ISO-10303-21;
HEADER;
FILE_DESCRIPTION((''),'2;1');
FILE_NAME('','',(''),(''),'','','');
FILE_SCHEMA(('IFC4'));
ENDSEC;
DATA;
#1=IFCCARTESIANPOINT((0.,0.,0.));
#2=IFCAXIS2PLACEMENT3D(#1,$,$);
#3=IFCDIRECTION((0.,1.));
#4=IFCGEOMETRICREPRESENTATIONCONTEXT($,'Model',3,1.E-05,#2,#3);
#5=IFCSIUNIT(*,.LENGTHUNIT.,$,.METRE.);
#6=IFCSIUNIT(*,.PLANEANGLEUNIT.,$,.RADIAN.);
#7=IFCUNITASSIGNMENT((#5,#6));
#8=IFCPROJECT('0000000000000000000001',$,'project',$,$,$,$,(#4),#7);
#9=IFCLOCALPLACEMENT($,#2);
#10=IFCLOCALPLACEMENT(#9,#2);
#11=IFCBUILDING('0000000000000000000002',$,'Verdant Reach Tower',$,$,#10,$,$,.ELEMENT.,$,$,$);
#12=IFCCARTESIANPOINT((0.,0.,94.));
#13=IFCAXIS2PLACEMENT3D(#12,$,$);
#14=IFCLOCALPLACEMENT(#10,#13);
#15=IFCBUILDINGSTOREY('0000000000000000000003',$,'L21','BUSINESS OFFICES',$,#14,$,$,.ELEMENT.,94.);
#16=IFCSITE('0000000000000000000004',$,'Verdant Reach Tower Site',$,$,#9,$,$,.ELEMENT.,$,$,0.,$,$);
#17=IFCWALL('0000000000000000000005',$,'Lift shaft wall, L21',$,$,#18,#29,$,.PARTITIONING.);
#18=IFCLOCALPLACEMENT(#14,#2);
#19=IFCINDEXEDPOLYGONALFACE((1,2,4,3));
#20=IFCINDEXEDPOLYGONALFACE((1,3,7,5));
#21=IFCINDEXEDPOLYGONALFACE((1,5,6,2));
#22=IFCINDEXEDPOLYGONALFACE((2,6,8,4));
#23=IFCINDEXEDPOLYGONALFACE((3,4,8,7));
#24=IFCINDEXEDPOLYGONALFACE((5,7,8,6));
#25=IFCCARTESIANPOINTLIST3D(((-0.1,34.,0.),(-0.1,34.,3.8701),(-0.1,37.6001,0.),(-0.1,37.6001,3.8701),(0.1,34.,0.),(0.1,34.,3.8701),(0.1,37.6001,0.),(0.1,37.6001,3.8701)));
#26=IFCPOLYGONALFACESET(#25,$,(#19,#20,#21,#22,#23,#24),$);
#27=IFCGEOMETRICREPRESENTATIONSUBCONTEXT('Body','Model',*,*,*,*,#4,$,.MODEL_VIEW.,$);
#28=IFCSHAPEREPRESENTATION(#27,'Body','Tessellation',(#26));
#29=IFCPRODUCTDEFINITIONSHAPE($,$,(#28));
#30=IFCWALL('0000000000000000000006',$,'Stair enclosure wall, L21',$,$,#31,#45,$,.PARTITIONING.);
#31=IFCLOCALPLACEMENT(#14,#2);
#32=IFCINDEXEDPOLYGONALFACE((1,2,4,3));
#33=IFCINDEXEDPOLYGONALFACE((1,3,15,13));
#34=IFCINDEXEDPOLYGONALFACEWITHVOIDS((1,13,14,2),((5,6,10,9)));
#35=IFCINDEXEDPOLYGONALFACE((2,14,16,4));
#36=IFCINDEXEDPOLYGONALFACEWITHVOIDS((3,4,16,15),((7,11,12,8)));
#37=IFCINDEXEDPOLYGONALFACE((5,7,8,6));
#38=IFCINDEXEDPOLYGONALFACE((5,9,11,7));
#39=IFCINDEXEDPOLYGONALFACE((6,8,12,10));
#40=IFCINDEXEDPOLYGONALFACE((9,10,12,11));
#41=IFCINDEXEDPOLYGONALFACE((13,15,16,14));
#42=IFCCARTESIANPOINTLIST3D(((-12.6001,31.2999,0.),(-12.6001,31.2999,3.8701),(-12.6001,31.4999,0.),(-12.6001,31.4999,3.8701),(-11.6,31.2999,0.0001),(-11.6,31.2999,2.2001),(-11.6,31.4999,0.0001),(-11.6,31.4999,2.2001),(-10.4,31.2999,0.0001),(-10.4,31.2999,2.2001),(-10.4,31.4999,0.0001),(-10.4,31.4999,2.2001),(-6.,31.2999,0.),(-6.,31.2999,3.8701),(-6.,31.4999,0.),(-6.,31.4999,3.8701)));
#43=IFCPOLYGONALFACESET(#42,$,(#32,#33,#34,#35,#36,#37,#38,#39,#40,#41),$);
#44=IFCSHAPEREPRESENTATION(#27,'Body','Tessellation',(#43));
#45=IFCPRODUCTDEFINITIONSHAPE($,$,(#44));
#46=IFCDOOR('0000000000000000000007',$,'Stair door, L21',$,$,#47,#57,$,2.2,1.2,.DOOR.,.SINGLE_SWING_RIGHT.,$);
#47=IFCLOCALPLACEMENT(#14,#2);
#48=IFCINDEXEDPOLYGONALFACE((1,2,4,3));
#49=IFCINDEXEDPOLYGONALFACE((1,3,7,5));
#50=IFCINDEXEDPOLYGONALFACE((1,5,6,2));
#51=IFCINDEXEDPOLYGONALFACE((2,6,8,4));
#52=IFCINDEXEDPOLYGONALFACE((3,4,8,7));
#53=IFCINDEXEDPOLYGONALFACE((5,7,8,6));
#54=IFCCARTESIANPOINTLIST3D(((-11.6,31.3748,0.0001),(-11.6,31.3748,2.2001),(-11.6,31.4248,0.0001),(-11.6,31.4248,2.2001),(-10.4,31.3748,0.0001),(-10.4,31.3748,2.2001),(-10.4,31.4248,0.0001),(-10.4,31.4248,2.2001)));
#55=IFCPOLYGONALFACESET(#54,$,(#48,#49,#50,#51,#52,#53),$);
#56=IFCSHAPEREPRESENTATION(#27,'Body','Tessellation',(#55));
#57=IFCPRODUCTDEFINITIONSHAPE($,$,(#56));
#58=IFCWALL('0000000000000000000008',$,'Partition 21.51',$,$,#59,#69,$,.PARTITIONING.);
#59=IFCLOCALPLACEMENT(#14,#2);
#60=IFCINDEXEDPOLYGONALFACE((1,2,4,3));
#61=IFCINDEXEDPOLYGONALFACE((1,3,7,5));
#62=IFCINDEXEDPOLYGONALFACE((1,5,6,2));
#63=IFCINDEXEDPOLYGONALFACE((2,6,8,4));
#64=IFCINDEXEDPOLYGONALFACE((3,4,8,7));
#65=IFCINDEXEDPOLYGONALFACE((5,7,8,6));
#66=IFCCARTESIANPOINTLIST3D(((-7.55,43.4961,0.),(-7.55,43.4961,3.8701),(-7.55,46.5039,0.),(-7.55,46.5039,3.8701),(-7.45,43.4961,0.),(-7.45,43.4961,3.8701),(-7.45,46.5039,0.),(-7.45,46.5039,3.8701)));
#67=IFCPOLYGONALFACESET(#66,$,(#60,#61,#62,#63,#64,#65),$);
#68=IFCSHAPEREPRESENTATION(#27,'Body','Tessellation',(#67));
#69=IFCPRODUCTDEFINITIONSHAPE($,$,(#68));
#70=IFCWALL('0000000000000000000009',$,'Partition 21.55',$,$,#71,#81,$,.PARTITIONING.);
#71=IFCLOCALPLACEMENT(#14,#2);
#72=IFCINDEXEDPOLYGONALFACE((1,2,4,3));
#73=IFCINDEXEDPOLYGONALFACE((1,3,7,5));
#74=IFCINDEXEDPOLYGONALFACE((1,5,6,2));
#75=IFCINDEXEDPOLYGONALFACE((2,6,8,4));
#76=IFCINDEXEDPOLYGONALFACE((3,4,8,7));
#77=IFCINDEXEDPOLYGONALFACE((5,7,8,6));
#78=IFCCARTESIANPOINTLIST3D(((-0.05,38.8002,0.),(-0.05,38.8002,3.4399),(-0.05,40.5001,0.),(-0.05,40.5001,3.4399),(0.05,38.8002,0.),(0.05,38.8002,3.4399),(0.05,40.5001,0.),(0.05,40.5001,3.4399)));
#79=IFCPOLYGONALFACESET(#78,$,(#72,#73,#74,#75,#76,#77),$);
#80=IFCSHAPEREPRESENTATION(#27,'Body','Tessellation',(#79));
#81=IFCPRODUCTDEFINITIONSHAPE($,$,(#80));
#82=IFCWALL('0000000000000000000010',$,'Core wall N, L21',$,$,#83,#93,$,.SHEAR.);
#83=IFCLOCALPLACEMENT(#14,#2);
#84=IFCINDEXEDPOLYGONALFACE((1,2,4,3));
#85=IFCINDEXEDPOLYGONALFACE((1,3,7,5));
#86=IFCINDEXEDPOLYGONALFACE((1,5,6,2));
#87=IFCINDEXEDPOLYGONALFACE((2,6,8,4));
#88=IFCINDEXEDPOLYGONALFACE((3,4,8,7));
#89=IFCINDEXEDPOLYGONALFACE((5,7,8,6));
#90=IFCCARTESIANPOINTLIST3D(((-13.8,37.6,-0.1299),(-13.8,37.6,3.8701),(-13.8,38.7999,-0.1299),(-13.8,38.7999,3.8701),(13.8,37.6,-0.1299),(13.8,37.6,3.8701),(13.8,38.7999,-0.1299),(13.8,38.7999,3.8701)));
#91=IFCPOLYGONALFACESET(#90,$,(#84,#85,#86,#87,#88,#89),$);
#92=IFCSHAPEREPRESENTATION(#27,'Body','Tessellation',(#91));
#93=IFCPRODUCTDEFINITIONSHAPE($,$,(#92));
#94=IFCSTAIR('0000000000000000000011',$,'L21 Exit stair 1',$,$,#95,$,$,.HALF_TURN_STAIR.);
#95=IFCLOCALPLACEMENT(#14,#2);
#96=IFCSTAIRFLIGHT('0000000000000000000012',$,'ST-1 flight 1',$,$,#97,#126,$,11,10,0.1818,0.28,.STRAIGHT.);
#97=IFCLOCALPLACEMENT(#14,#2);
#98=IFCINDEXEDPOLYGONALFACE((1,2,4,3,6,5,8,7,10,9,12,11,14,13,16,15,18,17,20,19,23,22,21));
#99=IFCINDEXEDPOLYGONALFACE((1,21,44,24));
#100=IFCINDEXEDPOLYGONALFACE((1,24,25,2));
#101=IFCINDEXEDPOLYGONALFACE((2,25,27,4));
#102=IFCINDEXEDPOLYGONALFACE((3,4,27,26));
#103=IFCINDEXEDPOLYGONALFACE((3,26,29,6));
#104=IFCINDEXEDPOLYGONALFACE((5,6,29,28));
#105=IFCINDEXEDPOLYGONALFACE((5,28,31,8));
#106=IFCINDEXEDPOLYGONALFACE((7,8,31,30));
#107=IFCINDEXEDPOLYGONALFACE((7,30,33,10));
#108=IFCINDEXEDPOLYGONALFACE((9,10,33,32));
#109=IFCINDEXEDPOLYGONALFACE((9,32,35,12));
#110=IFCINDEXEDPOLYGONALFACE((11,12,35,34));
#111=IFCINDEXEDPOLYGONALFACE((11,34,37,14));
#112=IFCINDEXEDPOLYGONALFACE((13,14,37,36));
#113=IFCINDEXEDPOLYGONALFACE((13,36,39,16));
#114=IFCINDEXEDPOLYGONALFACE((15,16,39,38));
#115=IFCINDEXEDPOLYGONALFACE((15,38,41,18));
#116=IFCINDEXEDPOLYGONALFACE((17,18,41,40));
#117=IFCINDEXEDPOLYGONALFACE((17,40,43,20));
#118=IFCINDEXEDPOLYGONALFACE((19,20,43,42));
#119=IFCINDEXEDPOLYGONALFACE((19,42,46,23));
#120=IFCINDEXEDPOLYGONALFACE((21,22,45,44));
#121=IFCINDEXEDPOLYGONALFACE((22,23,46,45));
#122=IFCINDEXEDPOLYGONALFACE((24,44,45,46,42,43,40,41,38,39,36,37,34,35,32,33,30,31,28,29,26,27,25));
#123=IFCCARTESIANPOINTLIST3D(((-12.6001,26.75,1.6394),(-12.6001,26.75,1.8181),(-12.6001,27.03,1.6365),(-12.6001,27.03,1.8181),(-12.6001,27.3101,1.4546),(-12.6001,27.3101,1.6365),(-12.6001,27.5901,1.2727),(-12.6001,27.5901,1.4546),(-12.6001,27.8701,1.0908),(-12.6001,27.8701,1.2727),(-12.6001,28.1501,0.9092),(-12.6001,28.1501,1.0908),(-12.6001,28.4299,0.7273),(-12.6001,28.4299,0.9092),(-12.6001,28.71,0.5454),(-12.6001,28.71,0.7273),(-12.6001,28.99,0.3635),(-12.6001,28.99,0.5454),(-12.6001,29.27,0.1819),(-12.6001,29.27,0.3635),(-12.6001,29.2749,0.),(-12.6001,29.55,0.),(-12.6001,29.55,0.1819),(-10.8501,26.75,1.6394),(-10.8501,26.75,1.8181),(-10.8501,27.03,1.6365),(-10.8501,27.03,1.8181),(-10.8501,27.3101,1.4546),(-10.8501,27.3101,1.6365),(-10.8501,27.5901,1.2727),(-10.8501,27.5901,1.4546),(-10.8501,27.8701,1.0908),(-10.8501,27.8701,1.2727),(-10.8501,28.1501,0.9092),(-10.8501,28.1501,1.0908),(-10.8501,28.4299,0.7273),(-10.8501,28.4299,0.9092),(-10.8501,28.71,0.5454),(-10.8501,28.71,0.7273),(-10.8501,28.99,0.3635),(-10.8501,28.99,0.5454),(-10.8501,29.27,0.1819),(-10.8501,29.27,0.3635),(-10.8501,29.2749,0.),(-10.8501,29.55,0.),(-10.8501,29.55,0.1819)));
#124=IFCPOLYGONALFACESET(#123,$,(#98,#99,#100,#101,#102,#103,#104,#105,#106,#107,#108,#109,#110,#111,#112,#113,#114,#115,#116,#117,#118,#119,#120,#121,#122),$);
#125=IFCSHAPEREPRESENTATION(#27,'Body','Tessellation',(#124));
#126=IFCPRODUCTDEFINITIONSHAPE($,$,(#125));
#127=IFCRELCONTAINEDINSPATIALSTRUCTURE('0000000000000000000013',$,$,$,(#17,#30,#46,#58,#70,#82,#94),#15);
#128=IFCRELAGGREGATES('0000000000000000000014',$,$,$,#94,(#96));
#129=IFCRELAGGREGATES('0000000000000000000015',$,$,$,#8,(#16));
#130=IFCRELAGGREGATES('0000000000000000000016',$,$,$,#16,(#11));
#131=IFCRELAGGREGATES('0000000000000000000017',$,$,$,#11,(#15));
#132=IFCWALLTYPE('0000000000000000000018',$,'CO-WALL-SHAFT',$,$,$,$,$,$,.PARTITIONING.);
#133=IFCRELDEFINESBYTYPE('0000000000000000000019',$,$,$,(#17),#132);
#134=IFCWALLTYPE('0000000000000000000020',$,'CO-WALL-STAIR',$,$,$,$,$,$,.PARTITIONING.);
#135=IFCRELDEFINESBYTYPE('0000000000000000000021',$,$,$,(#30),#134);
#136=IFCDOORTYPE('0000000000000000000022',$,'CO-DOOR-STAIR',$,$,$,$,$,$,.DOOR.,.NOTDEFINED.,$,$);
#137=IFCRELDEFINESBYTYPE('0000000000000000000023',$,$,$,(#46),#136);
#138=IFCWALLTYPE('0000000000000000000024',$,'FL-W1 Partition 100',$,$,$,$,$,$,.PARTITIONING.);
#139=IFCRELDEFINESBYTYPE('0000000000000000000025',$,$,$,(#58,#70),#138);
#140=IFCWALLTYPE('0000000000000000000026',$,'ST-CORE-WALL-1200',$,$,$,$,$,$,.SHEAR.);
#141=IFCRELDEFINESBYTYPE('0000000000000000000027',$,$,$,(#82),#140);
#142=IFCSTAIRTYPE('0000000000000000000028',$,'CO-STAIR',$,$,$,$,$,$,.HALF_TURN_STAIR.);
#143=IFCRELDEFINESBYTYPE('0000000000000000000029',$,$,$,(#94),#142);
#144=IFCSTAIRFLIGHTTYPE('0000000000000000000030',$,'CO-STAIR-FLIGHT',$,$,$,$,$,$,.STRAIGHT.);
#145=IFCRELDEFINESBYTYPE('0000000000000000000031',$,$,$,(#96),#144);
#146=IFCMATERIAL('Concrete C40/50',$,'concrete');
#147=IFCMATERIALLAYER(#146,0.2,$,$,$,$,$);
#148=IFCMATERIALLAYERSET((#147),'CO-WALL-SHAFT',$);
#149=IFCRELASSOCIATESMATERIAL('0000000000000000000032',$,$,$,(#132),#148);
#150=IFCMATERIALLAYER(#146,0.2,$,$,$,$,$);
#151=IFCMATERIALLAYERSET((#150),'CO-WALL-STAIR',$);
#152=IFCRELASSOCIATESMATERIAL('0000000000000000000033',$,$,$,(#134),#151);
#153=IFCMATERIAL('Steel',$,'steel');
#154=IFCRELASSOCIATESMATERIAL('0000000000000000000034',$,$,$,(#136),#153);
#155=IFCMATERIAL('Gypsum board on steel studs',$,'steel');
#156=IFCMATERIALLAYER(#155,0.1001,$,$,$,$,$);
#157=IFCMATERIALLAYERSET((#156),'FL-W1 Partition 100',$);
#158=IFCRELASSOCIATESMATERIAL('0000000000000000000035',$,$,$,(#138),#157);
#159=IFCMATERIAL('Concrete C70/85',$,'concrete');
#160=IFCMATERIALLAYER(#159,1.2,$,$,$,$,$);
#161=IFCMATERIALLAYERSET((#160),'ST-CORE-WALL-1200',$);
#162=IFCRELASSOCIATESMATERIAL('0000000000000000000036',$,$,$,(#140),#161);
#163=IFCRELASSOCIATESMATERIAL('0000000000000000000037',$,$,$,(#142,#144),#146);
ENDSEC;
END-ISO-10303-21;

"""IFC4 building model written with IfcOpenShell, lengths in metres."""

from ifc_helpers import new_model, si_unit, direction, frame, frame_2d, origin, place, context, subcontext, project, spatial, polyline, rectangle, outline, extrude, material, layer, layer_set, type_object, element, fill, aggregate, save


model = new_model("IFC4")

# Units and contexts
model_context = context("Model", 3, precision=1e-05, world=origin(), true_north=direction((0.0, 1.0)))
body_context = subcontext(model_context, "Body", "Model", "MODEL_VIEW")
ifc_project = project(units=[si_unit("LENGTHUNIT", "METRE"), si_unit("PLANEANGLEUNIT", "RADIAN")], contexts=[model_context])

# Site, building, storey
site_placement = place(None, origin())
site = spatial("IfcSite", under=ifc_project, at=site_placement, Name="Verdant Reach Tower Site", CompositionType="ELEMENT", RefElevation=0.0)
building_placement = place(site_placement, origin())
building = spatial("IfcBuilding", under=site, at=building_placement, Name="Verdant Reach Tower", CompositionType="ELEMENT")
storey_placement = place(building_placement, frame((0.0, 0.0, 94.0)))
storey = spatial("IfcBuildingStorey", under=building, at=storey_placement, Name="L21", Description="BUSINESS OFFICES", CompositionType="ELEMENT", Elevation=94.0)

# Shared definitions
ifc_material_1 = material(Name="Concrete C40/50", Category="concrete")
ifc_layer_1 = layer(ifc_material_1, 0.2)
ifc_layer_set_1 = layer_set([ifc_layer_1], Name="CO-WALL-SHAFT")
wall_type_1 = type_object("IfcWallType", Name="CO-WALL-SHAFT", PredefinedType="PARTITIONING", material=ifc_layer_set_1)

# Shared definitions
ifc_material_2 = material(Name="Steel", Category="steel")

# Wall
for number, where, z_axis, x_axis, name in (
    (1, (0.0, 34.0, 0.0), (0.0, 0.0, 1.0), (0.0, 1.0, 0.0), "Lift shaft wall, L21"),
):
    element("IfcWall", number, at=place(storey_placement, frame(where, z_axis=z_axis, x_axis=x_axis)), inside=storey, type_object=wall_type_1, Name=name, PredefinedType="PARTITIONING", context=body_context, shape_type="SweptSolid", body=[
        extrude(rectangle(XDim=3.6001, YDim=0.2, at=frame_2d((1.8, 0.0))), origin(), (0.0, 0.0, 1.0), 3.8701),
    ])

# Wall, opening, door
ifc_layer_2 = layer(ifc_material_1, 0.2)
ifc_layer_set_2 = layer_set([ifc_layer_2], Name="CO-WALL-STAIR")
wall_type_2 = type_object("IfcWallType", Name="CO-WALL-STAIR", PredefinedType="PARTITIONING", material=ifc_layer_set_2)
wall_1_placement = place(storey_placement, frame((-12.6001, 31.3999, 0.0), z_axis=(0.0, 0.0, 1.0), x_axis=(1.0, 0.0, 0.0)))
wall_1 = element("IfcWall", 2, at=wall_1_placement, inside=storey, type_object=wall_type_2, Name="Stair enclosure wall, L21", PredefinedType="PARTITIONING", context=body_context, shape_type="SweptSolid", body=[
    extrude(rectangle(XDim=6.6001, YDim=0.2, at=frame_2d((3.3, 0.0))), origin(), (0.0, 0.0, 1.0), 3.8701),
])
opening_1_placement = place(wall_1_placement, frame((1.0, 0.0, 0.0)))
opening_1 = element("IfcOpeningElement", 3, at=opening_1_placement, cuts=wall_1, PredefinedType="OPENING", context=body_context, shape_type="SweptSolid", body=[
    extrude(rectangle(XDim=1.2, YDim=2.2, at=frame_2d((0.6001, 1.1001))), frame((0.0, 0.1099, 0.0), z_axis=(0.0, -1.0, 0.0), x_axis=(1.0, 0.0, 0.0)), (0.0, 0.0, 1.0), 0.22),
])
door_type_1 = type_object("IfcDoorType", Name="CO-DOOR-STAIR", OperationType="NOTDEFINED", PredefinedType="DOOR", material=ifc_material_2)
door_1_placement = place(opening_1_placement, origin())
door_1 = element("IfcDoor", 4, at=door_1_placement, inside=storey, type_object=door_type_1, Name="Stair door, L21", OperationType="SINGLE_SWING_RIGHT", OverallHeight=2.2, OverallWidth=1.2, PredefinedType="DOOR", context=body_context, shape_type="SweptSolid", body=[
    extrude(rectangle(XDim=1.2, YDim=2.2, at=frame_2d((0.6001, 1.1001))), frame((0.0, 0.0249, 0.0), z_axis=(0.0, -1.0, 0.0), x_axis=(1.0, 0.0, 0.0)), (0.0, 0.0, 1.0), 0.05),
])
fill(opening_1, door_1)

# Walls
ifc_material_3 = material(Name="Gypsum board on steel studs", Category="steel")
ifc_layer_3 = layer(ifc_material_3, 0.1001)
ifc_layer_set_3 = layer_set([ifc_layer_3], Name="FL-W1 Partition 100")
wall_type_3 = type_object("IfcWallType", Name="FL-W1 Partition 100", PredefinedType="PARTITIONING", material=ifc_layer_set_3)
wall_2_placement = place(storey_placement, frame((-7.5, 43.4961, 0.0), z_axis=(0.0, 0.0, 1.0), x_axis=(0.0, 1.0, 0.0)))
element("IfcWall", 5, at=wall_2_placement, inside=storey, type_object=wall_type_3, Name="Partition 21.51", PredefinedType="PARTITIONING", context=body_context, shape_type="SweptSolid", body=[
    extrude(rectangle(XDim=3.0078, YDim=0.1001, at=frame_2d((1.5039, 0.0))), origin(), (0.0, 0.0, 1.0), 3.8701),
])
wall_3_placement = place(storey_placement, frame((0.0, 38.8, 0.0), z_axis=(0.0, 0.0, 1.0), x_axis=(0.0, 1.0, 0.0)))
element("IfcWall", 6, at=wall_3_placement, inside=storey, type_object=wall_type_3, Name="Partition 21.55", PredefinedType="PARTITIONING", context=body_context, shape_type="SweptSolid", body=[
    extrude(rectangle(XDim=1.7, YDim=0.1001, at=frame_2d((0.8501, 0.0))), origin(), (0.0, 0.0, 1.0), 3.4399),
])
ifc_material_4 = material(Name="Concrete C70/85", Category="concrete")
ifc_layer_4 = layer(ifc_material_4, 1.2)
ifc_layer_set_4 = layer_set([ifc_layer_4], Name="ST-CORE-WALL-1200")
wall_type_4 = type_object("IfcWallType", Name="ST-CORE-WALL-1200", PredefinedType="SHEAR", material=ifc_layer_set_4)
wall_4_placement = place(storey_placement, frame((-13.8, 38.2, -0.1299), z_axis=(0.0, 0.0, 1.0), x_axis=(1.0, 0.0, 0.0)))
element("IfcWall", 7, at=wall_4_placement, inside=storey, type_object=wall_type_4, Name="Core wall N, L21", PredefinedType="SHEAR", context=body_context, shape_type="SweptSolid", body=[
    extrude(rectangle(XDim=27.6001, YDim=1.2, at=frame_2d((13.8, 0.0))), origin(), (0.0, 0.0, 1.0), 4.0),
])

# Stair, stair flight
stair_type = type_object("IfcStairType", Name="CO-STAIR", PredefinedType="HALF_TURN_STAIR", material=ifc_material_1)
stair_placement = place(storey_placement, origin())
stair = element("IfcStair", 8, at=stair_placement, inside=storey, type_object=stair_type, Name="L21 Exit stair 1", PredefinedType="HALF_TURN_STAIR")
stair_flight_type = type_object("IfcStairFlightType", Name="CO-STAIR-FLIGHT", PredefinedType="STRAIGHT", material=ifc_material_1)
stair_flight_placement = place(storey_placement, frame((-11.7251, 29.55, 0.0), z_axis=(0.0, 0.0, 1.0), x_axis=(0.0, -1.0, 0.0)))
stair_flight = element("IfcStairFlight", 9, at=stair_flight_placement, type_object=stair_flight_type, Name="ST-1 flight 1", NumberOfRisers=11, NumberOfTreads=10, PredefinedType="STRAIGHT", RiserHeight=0.1818, TreadLength=0.28, context=body_context, shape_type="SweptSolid", body=[
    extrude(outline(polyline([(0.0, 0.0), (0.0, 0.1819), (0.28, 0.1819), (0.28, 0.3635), (0.5601, 0.3635), (0.5601, 0.5454), (0.8401, 0.5454), (0.8401, 0.7273), (1.1201, 0.7273), (1.1201, 0.9092), (1.3999, 0.9092), (1.3999, 1.0908), (1.6799, 1.0908), (1.6799, 1.2727), (1.96, 1.2727), (1.96, 1.4546), (2.24, 1.4546), (2.24, 1.6365), (2.52, 1.6365), (2.52, 1.8181), (2.8, 1.8181), (2.8, 2.0), (2.8, 1.6394), (0.2751, 0.0), (0.0, 0.0)])), frame((0.0, 0.875, 0.0), z_axis=(0.0, -1.0, 0.0), x_axis=(1.0, 0.0, 0.0)), (0.0, 0.0, 1.0), 1.75),
])
aggregate(stair, [stair_flight])

save(model, "model.ifc")
